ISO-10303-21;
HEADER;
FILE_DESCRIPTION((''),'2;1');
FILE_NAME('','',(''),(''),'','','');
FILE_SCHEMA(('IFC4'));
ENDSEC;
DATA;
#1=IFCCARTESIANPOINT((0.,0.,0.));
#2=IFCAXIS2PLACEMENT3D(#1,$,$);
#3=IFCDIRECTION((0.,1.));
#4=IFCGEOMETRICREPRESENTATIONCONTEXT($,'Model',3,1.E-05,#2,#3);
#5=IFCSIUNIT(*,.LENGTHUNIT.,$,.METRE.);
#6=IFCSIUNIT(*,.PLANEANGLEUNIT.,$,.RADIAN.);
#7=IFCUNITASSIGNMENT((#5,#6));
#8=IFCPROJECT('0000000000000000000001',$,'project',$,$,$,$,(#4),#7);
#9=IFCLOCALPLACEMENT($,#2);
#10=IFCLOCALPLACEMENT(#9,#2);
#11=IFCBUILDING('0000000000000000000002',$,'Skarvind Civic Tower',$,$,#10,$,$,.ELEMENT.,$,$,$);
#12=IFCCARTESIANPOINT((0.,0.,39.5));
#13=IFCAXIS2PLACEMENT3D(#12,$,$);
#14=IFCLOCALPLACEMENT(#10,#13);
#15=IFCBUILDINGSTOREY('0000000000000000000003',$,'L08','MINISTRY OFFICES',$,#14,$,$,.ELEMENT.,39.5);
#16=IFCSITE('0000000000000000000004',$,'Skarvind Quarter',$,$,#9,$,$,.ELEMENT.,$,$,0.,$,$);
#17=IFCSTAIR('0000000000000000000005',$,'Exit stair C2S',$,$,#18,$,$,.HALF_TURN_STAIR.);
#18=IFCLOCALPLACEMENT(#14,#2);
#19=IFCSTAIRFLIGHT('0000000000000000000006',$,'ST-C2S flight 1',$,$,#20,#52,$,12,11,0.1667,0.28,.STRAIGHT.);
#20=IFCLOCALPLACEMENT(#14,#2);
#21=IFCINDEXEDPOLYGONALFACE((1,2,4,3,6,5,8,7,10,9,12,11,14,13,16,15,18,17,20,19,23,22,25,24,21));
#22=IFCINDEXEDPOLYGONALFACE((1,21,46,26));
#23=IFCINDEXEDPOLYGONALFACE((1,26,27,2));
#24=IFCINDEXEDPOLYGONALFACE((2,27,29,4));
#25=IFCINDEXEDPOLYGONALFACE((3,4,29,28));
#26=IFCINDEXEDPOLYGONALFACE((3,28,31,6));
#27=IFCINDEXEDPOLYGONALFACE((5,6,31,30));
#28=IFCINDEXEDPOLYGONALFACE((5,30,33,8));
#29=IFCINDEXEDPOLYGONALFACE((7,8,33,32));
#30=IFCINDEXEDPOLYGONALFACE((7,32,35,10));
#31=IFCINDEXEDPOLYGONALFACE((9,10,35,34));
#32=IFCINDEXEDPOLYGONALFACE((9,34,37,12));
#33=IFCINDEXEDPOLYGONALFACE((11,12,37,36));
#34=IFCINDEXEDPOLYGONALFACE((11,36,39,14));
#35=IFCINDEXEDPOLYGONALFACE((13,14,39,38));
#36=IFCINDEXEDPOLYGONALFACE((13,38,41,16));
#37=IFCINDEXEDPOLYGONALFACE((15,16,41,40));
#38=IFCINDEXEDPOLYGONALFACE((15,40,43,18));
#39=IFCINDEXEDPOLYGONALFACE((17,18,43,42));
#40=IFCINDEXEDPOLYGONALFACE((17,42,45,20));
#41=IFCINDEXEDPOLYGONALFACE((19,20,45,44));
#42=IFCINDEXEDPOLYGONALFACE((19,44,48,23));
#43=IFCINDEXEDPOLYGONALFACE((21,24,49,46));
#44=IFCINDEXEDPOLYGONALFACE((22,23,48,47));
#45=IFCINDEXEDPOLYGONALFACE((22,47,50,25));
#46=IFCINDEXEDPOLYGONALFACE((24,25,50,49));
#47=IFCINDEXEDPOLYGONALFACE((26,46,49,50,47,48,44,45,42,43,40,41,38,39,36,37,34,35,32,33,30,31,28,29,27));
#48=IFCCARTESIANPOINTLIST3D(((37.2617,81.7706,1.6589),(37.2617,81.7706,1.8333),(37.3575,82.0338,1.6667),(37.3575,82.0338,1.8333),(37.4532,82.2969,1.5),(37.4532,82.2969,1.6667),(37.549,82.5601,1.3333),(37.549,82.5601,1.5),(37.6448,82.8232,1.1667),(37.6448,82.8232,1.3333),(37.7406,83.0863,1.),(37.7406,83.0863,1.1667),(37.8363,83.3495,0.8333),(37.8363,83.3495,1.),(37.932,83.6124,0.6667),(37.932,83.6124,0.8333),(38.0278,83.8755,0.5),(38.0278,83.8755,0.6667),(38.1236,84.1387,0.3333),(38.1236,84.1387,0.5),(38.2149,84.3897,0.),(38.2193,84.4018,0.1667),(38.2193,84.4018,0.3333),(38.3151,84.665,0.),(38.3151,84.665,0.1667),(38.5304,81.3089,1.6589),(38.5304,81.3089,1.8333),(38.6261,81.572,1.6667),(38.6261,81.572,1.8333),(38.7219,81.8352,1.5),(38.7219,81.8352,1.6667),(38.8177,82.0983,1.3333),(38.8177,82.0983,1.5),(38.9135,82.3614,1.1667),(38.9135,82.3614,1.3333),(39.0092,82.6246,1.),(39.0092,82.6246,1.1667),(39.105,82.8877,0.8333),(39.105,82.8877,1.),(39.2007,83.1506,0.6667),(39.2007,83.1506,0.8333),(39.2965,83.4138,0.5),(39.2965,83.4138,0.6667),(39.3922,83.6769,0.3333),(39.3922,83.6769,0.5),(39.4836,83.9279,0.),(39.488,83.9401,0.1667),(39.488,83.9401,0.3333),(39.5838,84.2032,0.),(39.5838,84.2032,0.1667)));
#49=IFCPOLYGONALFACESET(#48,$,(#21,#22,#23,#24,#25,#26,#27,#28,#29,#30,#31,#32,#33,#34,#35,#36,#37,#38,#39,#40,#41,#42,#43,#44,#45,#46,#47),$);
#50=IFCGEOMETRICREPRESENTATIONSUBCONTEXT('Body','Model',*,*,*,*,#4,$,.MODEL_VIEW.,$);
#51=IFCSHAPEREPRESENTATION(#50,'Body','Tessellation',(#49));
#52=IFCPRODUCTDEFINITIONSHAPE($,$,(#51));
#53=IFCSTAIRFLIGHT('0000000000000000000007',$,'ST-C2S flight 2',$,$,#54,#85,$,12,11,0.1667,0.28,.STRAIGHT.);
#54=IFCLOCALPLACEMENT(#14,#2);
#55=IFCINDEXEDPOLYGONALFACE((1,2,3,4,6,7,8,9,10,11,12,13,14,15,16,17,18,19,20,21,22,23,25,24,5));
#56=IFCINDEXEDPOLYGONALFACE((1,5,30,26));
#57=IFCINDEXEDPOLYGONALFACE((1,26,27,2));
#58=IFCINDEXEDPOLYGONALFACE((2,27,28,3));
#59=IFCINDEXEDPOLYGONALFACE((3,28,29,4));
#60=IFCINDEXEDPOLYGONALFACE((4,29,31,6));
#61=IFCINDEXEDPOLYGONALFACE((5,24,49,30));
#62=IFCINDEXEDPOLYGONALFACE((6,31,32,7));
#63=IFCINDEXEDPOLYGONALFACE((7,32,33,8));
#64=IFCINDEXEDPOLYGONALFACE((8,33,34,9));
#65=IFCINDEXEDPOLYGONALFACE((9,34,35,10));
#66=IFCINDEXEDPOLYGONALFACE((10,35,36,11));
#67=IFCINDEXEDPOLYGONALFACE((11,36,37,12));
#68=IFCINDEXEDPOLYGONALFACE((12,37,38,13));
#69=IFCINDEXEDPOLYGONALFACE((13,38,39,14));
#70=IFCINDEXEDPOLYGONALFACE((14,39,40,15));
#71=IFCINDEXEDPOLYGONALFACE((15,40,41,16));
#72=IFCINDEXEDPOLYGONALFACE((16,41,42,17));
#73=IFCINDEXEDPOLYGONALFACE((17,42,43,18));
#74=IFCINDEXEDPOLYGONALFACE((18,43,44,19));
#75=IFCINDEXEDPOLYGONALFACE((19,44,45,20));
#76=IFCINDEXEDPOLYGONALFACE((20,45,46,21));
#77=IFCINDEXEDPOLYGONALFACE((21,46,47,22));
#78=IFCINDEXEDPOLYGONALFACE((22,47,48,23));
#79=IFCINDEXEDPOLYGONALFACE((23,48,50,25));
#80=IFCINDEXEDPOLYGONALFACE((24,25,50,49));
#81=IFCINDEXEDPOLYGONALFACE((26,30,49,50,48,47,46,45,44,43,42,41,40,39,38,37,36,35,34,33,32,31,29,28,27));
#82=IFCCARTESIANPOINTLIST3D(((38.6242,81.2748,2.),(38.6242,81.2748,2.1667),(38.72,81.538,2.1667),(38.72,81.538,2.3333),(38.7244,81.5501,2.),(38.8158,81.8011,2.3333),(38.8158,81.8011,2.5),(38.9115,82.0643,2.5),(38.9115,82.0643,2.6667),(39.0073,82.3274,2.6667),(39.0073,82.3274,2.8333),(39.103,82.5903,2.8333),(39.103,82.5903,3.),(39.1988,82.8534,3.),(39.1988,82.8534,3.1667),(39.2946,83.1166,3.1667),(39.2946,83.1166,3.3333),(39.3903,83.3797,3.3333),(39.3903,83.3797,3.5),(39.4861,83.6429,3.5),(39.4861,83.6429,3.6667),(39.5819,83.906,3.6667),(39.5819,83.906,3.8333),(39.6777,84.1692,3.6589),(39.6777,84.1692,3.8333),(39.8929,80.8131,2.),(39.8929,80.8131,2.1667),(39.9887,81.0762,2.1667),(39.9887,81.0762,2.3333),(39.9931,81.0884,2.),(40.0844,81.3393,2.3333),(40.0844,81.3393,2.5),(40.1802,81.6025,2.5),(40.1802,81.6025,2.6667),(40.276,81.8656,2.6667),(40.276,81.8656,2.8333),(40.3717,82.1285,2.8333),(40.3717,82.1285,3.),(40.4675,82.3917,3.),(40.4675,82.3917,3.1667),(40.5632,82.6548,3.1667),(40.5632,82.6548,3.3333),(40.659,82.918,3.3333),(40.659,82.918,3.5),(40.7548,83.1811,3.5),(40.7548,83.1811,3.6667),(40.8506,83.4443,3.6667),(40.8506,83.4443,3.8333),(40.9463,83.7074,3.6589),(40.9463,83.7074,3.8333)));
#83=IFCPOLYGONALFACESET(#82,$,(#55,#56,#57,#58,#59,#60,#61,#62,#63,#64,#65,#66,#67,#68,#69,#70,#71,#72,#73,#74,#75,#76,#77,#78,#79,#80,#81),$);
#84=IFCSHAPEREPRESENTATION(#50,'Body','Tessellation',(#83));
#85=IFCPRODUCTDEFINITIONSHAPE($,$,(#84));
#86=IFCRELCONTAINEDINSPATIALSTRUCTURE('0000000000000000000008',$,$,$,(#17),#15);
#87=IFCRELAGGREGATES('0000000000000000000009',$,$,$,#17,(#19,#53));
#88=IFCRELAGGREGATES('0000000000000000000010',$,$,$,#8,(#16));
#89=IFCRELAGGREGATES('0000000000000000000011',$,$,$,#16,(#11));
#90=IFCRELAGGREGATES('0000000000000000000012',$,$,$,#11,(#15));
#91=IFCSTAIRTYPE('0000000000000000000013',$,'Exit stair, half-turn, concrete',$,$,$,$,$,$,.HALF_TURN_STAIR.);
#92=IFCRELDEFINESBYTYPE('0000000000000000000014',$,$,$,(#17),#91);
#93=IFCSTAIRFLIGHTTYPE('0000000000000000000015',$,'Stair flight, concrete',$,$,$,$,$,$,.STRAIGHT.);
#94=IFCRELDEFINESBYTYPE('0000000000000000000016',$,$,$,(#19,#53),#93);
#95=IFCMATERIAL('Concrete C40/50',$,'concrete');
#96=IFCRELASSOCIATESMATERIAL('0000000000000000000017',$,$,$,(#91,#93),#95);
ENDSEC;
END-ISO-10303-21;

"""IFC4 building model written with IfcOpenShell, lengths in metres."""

from ifc_helpers import new_model, si_unit, direction, frame, origin, place, context, subcontext, project, spatial, polyline, outline, extrude, material, type_object, element, aggregate, save


model = new_model("IFC4")

# Units and contexts
model_context = context("Model", 3, precision=1e-05, world=origin(), true_north=direction((0.0, 1.0)))
body_context = subcontext(model_context, "Body", "Model", "MODEL_VIEW")
ifc_project = project(units=[si_unit("LENGTHUNIT", "METRE"), si_unit("PLANEANGLEUNIT", "RADIAN")], contexts=[model_context])

# Site, building, storey
site_placement = place(None, origin())
site = spatial("IfcSite", under=ifc_project, at=site_placement, Name="Skarvind Quarter", CompositionType="ELEMENT", RefElevation=0.0)
building_placement = place(site_placement, origin())
building = spatial("IfcBuilding", under=site, at=building_placement, Name="Skarvind Civic Tower", CompositionType="ELEMENT")
storey_placement = place(building_placement, frame((0.0, 0.0, 39.5)))
storey = spatial("IfcBuildingStorey", under=building, at=storey_placement, Name="L08", Description="MINISTRY OFFICES", CompositionType="ELEMENT", Elevation=39.5)

# Stair, stair flights
ifc_material_1 = material(Name="Concrete C40/50", Category="concrete")
stair_type = type_object("IfcStairType", Name="Exit stair, half-turn, concrete", PredefinedType="HALF_TURN_STAIR", material=ifc_material_1)
stair_placement = place(storey_placement, origin())
stair = element("IfcStair", 1, at=stair_placement, inside=storey, type_object=stair_type, Name="Exit stair C2S", PredefinedType="HALF_TURN_STAIR")
stair_flight_type = type_object("IfcStairFlightType", Name="Stair flight, concrete", PredefinedType="STRAIGHT", material=ifc_material_1)
stair_flight_1_placement = place(storey_placement, frame((38.9495, 84.4341, 0.0), z_axis=(0.0, 0.0, 1.0), x_axis=(-0.34202, -0.939693, 0.0)))
stair_flight_1 = element("IfcStairFlight", 2, at=stair_flight_1_placement, type_object=stair_flight_type, Name="ST-C2S flight 1", NumberOfRisers=12, NumberOfTreads=11, PredefinedType="STRAIGHT", RiserHeight=0.1667, TreadLength=0.28, context=body_context, shape_type="SweptSolid", body=[
    extrude(outline(polyline([(0.0, 0.0), (0.0, 0.1667), (0.28, 0.1667), (0.28, 0.3333), (0.5601, 0.3333), (0.5601, 0.5), (0.8401, 0.5), (0.8401, 0.6667), (1.1201, 0.6667), (1.1201, 0.8333), (1.3999, 0.8333), (1.3999, 1.0), (1.6799, 1.0), (1.6799, 1.1667), (1.96, 1.1667), (1.96, 1.3333), (2.24, 1.3333), (2.24, 1.5), (2.52, 1.5), (2.52, 1.6667), (2.8, 1.6667), (2.8, 1.8333), (3.0801, 1.8333), (3.0801, 2.0), (3.0801, 1.6589), (0.293, 0.0), (0.0, 0.0)])), frame((0.0, 0.675, 0.0), z_axis=(0.0, -1.0, 0.0), x_axis=(1.0, 0.0, 0.0)), (0.0, 0.0, 1.0), 1.3501),
])
stair_flight_2_placement = place(storey_placement, frame((39.2585, 81.0439, 2.0), z_axis=(0.0, 0.0, 1.0), x_axis=(0.34202, 0.939693, 0.0)))
stair_flight_2 = element("IfcStairFlight", 3, at=stair_flight_2_placement, type_object=stair_flight_type, Name="ST-C2S flight 2", NumberOfRisers=12, NumberOfTreads=11, PredefinedType="STRAIGHT", RiserHeight=0.1667, TreadLength=0.28, context=body_context, shape_type="SweptSolid", body=[
    extrude(outline(polyline([(0.0, 0.0), (0.0, 0.1667), (0.28, 0.1667), (0.28, 0.3333), (0.5601, 0.3333), (0.5601, 0.5), (0.8401, 0.5), (0.8401, 0.6667), (1.1201, 0.6667), (1.1201, 0.8333), (1.3999, 0.8333), (1.3999, 1.0), (1.6799, 1.0), (1.6799, 1.1667), (1.96, 1.1667), (1.96, 1.3333), (2.24, 1.3333), (2.24, 1.5), (2.52, 1.5), (2.52, 1.6667), (2.8, 1.6667), (2.8, 1.8333), (3.0801, 1.8333), (3.0801, 2.0), (3.0801, 1.6589), (0.293, 0.0), (0.0, 0.0)])), frame((0.0, 0.675, 0.0), z_axis=(0.0, -1.0, 0.0), x_axis=(1.0, 0.0, 0.0)), (0.0, 0.0, 1.0), 1.3501),
])
aggregate(stair, [stair_flight_1, stair_flight_2])

save(model, "model.ifc")
